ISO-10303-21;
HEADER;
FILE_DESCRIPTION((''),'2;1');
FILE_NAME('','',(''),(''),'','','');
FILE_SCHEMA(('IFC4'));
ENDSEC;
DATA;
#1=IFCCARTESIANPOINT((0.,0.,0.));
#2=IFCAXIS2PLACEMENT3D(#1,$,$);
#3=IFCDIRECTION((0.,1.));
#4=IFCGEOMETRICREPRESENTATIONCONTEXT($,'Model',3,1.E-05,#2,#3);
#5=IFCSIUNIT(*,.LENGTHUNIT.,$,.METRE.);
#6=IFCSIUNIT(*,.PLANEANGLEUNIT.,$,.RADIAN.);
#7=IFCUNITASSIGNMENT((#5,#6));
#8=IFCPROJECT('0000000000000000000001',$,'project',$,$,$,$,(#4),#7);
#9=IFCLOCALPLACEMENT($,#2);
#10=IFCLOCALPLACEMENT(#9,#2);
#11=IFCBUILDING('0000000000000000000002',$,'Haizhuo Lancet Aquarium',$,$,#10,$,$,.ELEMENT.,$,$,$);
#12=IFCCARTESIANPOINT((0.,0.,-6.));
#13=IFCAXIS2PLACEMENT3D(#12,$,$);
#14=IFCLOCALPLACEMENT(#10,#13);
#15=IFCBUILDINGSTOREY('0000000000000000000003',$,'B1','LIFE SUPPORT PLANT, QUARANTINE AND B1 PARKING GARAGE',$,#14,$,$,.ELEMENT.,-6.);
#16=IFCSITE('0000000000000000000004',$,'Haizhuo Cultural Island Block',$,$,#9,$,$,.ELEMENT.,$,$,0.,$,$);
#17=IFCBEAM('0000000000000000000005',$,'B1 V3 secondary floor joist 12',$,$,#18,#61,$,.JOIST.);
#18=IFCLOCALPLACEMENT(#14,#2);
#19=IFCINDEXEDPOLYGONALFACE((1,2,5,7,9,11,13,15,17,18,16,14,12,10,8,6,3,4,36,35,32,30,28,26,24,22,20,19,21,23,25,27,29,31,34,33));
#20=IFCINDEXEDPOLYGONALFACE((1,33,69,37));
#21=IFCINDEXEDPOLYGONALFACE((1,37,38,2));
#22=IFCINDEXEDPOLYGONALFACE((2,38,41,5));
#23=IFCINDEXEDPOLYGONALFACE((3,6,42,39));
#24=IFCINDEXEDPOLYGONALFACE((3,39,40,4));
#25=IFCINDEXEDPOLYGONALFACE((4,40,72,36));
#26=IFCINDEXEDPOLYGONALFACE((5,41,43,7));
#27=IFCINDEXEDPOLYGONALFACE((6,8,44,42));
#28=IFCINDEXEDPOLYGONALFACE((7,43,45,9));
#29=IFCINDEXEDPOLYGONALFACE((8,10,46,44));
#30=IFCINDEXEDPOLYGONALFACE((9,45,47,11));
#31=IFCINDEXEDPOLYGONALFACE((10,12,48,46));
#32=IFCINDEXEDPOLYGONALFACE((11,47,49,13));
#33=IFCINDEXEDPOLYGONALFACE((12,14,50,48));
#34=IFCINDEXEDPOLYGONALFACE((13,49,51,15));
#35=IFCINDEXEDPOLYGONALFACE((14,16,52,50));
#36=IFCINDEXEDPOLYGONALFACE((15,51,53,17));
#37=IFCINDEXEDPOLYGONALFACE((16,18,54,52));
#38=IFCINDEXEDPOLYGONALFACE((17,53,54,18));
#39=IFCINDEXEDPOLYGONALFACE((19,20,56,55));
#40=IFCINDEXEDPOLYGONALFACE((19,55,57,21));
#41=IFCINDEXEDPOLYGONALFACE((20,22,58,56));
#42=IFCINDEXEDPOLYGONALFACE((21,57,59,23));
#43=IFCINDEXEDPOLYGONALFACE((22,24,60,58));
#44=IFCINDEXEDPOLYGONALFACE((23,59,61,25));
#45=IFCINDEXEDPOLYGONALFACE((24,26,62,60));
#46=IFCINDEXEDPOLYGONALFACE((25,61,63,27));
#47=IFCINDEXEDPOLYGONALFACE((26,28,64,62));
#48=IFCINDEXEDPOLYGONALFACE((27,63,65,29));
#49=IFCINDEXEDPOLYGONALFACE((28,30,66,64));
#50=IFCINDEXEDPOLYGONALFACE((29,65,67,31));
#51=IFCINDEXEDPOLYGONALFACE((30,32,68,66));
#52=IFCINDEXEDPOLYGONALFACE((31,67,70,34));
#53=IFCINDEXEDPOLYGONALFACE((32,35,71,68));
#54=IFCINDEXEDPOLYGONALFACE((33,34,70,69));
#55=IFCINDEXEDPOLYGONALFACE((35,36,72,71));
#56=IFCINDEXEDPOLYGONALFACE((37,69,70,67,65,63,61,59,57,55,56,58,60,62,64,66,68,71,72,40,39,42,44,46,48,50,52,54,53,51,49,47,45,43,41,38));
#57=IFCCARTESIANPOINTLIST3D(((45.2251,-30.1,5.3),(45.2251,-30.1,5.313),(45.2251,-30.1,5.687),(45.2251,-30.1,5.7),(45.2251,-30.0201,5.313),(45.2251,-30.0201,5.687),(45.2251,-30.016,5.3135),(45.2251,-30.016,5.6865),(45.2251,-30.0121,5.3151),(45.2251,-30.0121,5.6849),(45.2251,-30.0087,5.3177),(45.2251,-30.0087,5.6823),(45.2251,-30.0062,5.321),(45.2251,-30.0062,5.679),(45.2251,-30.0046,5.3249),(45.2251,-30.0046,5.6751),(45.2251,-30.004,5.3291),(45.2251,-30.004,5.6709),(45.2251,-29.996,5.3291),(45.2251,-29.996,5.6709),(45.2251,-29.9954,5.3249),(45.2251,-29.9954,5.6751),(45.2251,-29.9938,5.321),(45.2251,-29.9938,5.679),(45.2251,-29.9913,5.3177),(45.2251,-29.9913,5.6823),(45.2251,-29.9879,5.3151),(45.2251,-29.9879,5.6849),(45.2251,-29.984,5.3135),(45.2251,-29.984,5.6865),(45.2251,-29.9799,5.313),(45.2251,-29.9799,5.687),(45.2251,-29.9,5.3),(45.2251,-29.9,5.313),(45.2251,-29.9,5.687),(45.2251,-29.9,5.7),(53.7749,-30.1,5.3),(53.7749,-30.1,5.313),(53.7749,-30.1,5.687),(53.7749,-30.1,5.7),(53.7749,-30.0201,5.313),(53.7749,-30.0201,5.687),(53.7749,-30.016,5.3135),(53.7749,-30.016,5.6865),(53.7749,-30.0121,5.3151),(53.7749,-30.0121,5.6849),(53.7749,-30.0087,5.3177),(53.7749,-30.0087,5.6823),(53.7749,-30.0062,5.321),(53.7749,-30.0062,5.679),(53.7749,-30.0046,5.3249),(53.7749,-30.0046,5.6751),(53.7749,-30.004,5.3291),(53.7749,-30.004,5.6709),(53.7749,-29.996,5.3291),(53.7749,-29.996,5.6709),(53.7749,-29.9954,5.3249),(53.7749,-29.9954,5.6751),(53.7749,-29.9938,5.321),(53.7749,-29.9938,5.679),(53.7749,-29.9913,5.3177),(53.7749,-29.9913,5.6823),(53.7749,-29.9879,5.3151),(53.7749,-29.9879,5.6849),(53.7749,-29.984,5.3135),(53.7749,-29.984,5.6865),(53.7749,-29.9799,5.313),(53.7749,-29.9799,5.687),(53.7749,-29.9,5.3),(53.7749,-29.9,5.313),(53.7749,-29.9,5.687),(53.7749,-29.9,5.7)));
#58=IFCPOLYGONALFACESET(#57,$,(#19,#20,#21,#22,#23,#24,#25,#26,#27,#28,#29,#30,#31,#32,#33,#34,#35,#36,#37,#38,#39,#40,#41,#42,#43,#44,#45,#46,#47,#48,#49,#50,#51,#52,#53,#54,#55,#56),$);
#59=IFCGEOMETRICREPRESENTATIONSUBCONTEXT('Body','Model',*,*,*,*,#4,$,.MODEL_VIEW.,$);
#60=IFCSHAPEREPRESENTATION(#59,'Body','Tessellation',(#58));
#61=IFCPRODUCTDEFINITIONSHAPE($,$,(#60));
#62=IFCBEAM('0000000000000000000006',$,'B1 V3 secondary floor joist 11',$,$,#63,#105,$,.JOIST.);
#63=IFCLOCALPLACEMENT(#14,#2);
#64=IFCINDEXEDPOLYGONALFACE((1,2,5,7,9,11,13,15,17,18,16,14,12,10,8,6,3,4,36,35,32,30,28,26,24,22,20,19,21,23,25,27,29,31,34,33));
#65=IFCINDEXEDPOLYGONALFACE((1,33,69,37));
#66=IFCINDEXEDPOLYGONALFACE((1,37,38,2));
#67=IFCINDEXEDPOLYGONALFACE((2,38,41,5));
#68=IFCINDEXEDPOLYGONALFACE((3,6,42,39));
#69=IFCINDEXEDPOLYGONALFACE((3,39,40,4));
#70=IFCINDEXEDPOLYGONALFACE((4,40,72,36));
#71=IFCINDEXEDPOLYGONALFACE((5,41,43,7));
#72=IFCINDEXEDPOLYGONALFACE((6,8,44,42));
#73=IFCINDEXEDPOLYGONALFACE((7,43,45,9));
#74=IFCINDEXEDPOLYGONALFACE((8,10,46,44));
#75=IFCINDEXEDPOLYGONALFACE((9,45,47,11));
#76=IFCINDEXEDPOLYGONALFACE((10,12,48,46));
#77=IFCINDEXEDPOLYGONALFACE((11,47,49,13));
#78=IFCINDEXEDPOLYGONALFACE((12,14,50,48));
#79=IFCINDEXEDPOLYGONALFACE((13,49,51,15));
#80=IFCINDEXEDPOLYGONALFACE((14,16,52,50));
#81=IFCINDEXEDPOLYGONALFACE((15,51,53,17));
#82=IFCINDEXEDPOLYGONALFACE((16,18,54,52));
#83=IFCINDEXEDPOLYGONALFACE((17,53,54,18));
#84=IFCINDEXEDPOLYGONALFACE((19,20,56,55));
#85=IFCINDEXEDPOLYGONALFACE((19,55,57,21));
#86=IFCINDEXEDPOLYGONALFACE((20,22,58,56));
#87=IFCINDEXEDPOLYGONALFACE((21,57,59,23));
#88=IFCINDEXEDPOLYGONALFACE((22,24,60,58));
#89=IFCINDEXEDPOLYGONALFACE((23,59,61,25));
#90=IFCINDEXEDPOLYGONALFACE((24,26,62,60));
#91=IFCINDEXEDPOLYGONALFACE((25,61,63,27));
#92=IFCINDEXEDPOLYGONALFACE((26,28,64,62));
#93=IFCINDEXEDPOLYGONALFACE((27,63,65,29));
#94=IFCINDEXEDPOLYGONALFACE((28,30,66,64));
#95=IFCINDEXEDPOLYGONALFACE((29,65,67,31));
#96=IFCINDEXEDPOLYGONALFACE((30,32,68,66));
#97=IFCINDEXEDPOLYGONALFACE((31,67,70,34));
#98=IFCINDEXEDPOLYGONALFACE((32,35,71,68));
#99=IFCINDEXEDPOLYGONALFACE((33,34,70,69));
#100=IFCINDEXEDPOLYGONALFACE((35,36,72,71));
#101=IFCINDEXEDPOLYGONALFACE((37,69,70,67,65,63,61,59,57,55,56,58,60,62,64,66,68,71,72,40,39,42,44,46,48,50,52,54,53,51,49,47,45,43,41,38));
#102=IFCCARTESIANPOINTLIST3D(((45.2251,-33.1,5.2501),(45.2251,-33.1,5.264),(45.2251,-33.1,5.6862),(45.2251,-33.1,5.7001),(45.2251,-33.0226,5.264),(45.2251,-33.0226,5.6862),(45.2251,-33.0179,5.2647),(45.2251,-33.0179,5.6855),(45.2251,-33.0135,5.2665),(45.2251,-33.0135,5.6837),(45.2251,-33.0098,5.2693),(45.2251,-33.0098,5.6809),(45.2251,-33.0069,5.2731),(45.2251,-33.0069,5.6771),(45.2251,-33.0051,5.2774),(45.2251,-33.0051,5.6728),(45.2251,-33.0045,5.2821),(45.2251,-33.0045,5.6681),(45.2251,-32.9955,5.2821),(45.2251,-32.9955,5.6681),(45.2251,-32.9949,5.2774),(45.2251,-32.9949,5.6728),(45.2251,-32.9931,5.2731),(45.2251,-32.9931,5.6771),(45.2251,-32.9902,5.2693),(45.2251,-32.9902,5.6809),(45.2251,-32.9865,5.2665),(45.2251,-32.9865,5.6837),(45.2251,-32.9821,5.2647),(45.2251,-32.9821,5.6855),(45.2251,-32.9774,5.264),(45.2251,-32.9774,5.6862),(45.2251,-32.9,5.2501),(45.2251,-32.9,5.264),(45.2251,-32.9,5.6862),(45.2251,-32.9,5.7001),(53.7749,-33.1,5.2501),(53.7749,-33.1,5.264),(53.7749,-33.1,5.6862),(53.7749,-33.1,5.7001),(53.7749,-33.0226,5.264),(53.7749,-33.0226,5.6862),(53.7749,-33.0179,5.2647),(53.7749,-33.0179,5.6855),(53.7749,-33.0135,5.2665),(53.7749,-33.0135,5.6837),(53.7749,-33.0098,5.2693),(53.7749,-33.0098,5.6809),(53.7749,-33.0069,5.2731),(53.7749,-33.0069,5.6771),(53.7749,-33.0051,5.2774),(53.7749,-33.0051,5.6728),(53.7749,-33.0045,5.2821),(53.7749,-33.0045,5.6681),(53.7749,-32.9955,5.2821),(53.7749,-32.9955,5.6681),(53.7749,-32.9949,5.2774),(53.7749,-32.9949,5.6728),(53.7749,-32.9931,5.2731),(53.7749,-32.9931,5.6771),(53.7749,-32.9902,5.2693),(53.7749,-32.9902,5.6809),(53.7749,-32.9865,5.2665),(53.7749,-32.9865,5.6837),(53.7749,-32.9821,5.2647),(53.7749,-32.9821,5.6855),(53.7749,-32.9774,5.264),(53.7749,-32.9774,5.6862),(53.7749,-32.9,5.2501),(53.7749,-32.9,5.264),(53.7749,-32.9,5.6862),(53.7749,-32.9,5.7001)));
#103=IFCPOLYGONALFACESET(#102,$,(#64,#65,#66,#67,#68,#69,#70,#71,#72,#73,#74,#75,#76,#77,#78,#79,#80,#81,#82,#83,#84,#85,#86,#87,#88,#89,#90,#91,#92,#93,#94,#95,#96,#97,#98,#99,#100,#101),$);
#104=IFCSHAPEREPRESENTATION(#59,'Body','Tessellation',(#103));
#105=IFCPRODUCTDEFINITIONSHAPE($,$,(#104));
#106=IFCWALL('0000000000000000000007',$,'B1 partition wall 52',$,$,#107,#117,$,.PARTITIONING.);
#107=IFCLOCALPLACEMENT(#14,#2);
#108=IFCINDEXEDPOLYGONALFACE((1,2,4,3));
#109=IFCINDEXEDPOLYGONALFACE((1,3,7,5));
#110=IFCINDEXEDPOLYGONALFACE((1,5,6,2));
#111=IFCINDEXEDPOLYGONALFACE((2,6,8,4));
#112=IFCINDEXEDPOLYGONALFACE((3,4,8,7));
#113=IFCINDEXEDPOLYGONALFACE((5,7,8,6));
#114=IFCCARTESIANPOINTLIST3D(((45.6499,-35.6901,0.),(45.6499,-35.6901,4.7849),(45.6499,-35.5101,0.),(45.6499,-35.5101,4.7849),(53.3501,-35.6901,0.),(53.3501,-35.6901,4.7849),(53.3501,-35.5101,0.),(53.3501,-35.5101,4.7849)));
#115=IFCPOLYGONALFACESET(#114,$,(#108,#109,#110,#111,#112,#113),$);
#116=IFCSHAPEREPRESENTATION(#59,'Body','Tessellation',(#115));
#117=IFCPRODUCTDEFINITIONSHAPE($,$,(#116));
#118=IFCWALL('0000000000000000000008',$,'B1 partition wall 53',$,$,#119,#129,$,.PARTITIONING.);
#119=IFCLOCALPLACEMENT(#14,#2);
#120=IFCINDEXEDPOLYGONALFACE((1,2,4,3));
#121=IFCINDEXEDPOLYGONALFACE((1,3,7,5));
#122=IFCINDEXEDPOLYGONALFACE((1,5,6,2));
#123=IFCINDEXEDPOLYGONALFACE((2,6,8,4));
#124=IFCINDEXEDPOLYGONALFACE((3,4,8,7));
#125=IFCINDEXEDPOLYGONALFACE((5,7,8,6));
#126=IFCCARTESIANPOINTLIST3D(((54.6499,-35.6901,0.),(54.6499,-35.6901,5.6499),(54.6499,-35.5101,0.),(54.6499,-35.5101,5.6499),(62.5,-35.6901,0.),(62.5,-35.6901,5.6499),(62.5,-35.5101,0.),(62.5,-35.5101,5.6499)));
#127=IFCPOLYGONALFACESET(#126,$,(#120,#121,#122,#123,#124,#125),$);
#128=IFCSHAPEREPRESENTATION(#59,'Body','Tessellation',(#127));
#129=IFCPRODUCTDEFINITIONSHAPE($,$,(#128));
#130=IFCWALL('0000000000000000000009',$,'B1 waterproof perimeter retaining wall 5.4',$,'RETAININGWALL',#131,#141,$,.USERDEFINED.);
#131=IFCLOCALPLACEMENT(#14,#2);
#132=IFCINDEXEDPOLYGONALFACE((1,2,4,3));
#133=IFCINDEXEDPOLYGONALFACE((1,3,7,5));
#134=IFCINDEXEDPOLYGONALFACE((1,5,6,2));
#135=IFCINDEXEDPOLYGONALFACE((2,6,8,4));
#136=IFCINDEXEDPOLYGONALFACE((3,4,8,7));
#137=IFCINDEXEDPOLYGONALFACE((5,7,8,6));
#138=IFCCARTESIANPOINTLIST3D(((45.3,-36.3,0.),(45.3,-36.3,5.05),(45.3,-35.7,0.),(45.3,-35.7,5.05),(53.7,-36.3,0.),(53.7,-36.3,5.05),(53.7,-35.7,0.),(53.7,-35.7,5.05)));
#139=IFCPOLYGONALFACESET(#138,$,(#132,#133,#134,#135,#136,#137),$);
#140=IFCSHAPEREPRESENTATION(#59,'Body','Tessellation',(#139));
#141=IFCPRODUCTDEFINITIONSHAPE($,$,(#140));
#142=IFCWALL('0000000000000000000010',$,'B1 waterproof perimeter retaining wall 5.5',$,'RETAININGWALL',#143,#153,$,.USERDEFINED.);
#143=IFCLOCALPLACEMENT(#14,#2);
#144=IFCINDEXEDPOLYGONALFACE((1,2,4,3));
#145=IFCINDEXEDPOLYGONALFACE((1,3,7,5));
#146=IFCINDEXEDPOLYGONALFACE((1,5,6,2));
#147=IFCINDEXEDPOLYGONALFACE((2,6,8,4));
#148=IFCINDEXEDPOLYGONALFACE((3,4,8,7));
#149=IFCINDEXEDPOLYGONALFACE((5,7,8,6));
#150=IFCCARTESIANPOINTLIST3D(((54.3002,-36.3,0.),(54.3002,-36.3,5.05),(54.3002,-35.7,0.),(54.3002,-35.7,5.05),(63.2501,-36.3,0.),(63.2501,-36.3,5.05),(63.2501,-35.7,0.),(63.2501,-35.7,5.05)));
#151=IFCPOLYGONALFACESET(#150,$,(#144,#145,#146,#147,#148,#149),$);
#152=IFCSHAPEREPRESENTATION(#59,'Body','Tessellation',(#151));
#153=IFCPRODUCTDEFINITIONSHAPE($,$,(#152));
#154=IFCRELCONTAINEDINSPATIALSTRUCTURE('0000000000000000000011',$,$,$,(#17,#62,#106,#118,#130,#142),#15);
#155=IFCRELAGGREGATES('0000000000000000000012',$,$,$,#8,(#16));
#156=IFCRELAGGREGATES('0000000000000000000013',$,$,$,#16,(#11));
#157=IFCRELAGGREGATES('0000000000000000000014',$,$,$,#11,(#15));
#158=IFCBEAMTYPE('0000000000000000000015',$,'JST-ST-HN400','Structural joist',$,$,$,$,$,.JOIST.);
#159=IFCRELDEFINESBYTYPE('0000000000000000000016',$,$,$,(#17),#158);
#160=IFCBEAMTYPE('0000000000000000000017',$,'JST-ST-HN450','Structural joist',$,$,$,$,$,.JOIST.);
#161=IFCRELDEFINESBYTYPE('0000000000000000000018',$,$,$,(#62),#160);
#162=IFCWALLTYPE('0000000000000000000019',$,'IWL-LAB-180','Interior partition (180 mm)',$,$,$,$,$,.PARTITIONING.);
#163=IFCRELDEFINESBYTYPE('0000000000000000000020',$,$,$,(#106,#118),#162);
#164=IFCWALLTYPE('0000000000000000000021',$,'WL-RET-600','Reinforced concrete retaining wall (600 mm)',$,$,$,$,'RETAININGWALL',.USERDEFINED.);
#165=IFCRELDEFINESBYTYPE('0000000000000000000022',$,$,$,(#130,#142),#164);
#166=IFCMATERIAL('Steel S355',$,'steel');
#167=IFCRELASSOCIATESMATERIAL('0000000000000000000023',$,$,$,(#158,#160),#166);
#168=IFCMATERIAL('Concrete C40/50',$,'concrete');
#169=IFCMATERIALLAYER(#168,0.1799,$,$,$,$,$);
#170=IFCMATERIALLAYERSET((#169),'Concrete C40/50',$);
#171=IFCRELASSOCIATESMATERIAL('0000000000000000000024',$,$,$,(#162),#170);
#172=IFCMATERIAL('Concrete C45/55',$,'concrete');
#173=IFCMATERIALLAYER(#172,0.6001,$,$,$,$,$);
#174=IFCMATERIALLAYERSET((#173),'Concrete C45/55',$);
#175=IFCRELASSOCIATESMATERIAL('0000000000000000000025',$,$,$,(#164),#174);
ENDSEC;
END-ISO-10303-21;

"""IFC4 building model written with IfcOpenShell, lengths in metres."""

from ifc_helpers import new_model, si_unit, direction, frame, frame_2d, origin, origin_2d, place, context, subcontext, project, spatial, rectangle, i_section, extrude, material, layer, layer_set, material_profile, profile_set, type_object, element, save


model = new_model("IFC4")

# Units and contexts
model_context = context("Model", 3, precision=1e-05, world=origin(), true_north=direction((0.0, 1.0)))
body_context = subcontext(model_context, "Body", "Model", "MODEL_VIEW")
ifc_project = project(units=[si_unit("LENGTHUNIT", "METRE"), si_unit("PLANEANGLEUNIT", "RADIAN")], contexts=[model_context])

# Site, building, storey
site_placement = place(None, origin())
site = spatial("IfcSite", under=ifc_project, at=site_placement, Name="Haizhuo Cultural Island Block", CompositionType="ELEMENT", RefElevation=0.0)
building_placement = place(site_placement, origin())
building = spatial("IfcBuilding", under=site, at=building_placement, Name="Haizhuo Lancet Aquarium", CompositionType="ELEMENT")
storey_placement = place(building_placement, frame((0.0, 0.0, -6.0)))
storey = spatial("IfcBuildingStorey", under=building, at=storey_placement, Name="B1", Description="LIFE SUPPORT PLANT, QUARANTINE AND B1 PARKING GARAGE", CompositionType="ELEMENT", Elevation=-6.0)

# Shared definitions
ifc_material_1 = material(Name="Concrete C40/50", Category="concrete")

# Beams
ifc_material_2 = material(Name="Steel S355", Category="steel")
ifc_material_profile_1 = material_profile(ifc_material_2, i_section(OverallWidth=0.2, OverallDepth=0.3999, WebThickness=0.0081, FlangeThickness=0.0129, FilletRadius=0.0161, at=origin_2d()), Name="HN 400x200x8x13")
ifc_profile_set_1 = profile_set([ifc_material_profile_1], Name="Steel S355")
beam_type_1 = type_object("IfcBeamType", Name="JST-ST-HN400", Description="Structural joist", PredefinedType="JOIST", material=ifc_profile_set_1)
beam_1_placement = place(storey_placement, frame((45.2251, -30.0, 5.5), z_axis=(1.0, 0.0, 0.0), x_axis=(0.0, 1.0, 0.0)))
element("IfcBeam", 1, at=beam_1_placement, inside=storey, type_object=beam_type_1, Name="B1 V3 secondary floor joist 12", PredefinedType="JOIST", context=body_context, shape_type="SweptSolid", body=[
    extrude(i_section(OverallWidth=0.2, OverallDepth=0.3999, WebThickness=0.0081, FlangeThickness=0.0129, FilletRadius=0.0161, at=origin_2d()), origin(), (0.0, 0.0, 1.0), 8.5498),
])
ifc_material_profile_2 = material_profile(ifc_material_2, i_section(OverallWidth=0.2, OverallDepth=0.45, WebThickness=0.009, FlangeThickness=0.0139, FilletRadius=0.0181, at=origin_2d()), Name="HN 450x200x9x14")
ifc_profile_set_2 = profile_set([ifc_material_profile_2], Name="Steel S355")
beam_type_2 = type_object("IfcBeamType", Name="JST-ST-HN450", Description="Structural joist", PredefinedType="JOIST", material=ifc_profile_set_2)
beam_2_placement = place(storey_placement, frame((45.2251, -33.0, 5.4751), z_axis=(1.0, 0.0, 0.0), x_axis=(0.0, 1.0, 0.0)))
element("IfcBeam", 2, at=beam_2_placement, inside=storey, type_object=beam_type_2, Name="B1 V3 secondary floor joist 11", PredefinedType="JOIST", context=body_context, shape_type="SweptSolid", body=[
    extrude(i_section(OverallWidth=0.2, OverallDepth=0.45, WebThickness=0.009, FlangeThickness=0.0139, FilletRadius=0.0181, at=origin_2d()), origin(), (0.0, 0.0, 1.0), 8.5498),
])

# Walls
ifc_layer_1 = layer(ifc_material_1, 0.1799)
ifc_layer_set_1 = layer_set([ifc_layer_1], Name="Concrete C40/50")
wall_type_1 = type_object("IfcWallType", Name="IWL-LAB-180", Description="Interior partition (180 mm)", PredefinedType="PARTITIONING", material=ifc_layer_set_1)
wall_1_placement = place(storey_placement, frame((45.6499, -35.6001, 0.0), z_axis=(0.0, 0.0, 1.0), x_axis=(1.0, 0.0, 0.0)))
element("IfcWall", 3, at=wall_1_placement, inside=storey, type_object=wall_type_1, Name="B1 partition wall 52", PredefinedType="PARTITIONING", context=body_context, shape_type="SweptSolid", body=[
    extrude(rectangle(XDim=7.7002, YDim=0.1799, at=frame_2d((3.8501, 0.0))), origin(), (0.0, 0.0, 1.0), 4.7849),
])
wall_2_placement = place(storey_placement, frame((54.6499, -35.6001, 0.0), z_axis=(0.0, 0.0, 1.0), x_axis=(1.0, 0.0, 0.0)))
element("IfcWall", 4, at=wall_2_placement, inside=storey, type_object=wall_type_1, Name="B1 partition wall 53", PredefinedType="PARTITIONING", context=body_context, shape_type="SweptSolid", body=[
    extrude(rectangle(XDim=7.8501, YDim=0.1799, at=frame_2d((3.925, 0.0))), origin(), (0.0, 0.0, 1.0), 5.6499),
])
ifc_material_3 = material(Name="Concrete C45/55", Category="concrete")
ifc_layer_2 = layer(ifc_material_3, 0.6001)
ifc_layer_set_2 = layer_set([ifc_layer_2], Name="Concrete C45/55")
wall_type_2 = type_object("IfcWallType", Name="WL-RET-600", Description="Reinforced concrete retaining wall (600 mm)", ElementType="RETAININGWALL", PredefinedType="USERDEFINED", material=ifc_layer_set_2)
wall_3_placement = place(storey_placement, frame((45.3, -36.0, 0.0), z_axis=(0.0, 0.0, 1.0), x_axis=(1.0, 0.0, 0.0)))
element("IfcWall", 5, at=wall_3_placement, inside=storey, type_object=wall_type_2, Name="B1 waterproof perimeter retaining wall 5.4", ObjectType="RETAININGWALL", PredefinedType="USERDEFINED", context=body_context, shape_type="SweptSolid", body=[
    extrude(rectangle(XDim=8.3999, YDim=0.6001, at=frame_2d((4.2, 0.0))), origin(), (0.0, 0.0, 1.0), 5.05),
])
wall_4_placement = place(storey_placement, frame((54.3, -36.0, 0.0), z_axis=(0.0, 0.0, 1.0), x_axis=(1.0, 0.0, 0.0)))
element("IfcWall", 6, at=wall_4_placement, inside=storey, type_object=wall_type_2, Name="B1 waterproof perimeter retaining wall 5.5", ObjectType="RETAININGWALL", PredefinedType="USERDEFINED", context=body_context, shape_type="SweptSolid", body=[
    extrude(rectangle(XDim=8.95, YDim=0.6001, at=frame_2d((4.4751, 0.0))), origin(), (0.0, 0.0, 1.0), 5.05),
])

save(model, "model.ifc")
